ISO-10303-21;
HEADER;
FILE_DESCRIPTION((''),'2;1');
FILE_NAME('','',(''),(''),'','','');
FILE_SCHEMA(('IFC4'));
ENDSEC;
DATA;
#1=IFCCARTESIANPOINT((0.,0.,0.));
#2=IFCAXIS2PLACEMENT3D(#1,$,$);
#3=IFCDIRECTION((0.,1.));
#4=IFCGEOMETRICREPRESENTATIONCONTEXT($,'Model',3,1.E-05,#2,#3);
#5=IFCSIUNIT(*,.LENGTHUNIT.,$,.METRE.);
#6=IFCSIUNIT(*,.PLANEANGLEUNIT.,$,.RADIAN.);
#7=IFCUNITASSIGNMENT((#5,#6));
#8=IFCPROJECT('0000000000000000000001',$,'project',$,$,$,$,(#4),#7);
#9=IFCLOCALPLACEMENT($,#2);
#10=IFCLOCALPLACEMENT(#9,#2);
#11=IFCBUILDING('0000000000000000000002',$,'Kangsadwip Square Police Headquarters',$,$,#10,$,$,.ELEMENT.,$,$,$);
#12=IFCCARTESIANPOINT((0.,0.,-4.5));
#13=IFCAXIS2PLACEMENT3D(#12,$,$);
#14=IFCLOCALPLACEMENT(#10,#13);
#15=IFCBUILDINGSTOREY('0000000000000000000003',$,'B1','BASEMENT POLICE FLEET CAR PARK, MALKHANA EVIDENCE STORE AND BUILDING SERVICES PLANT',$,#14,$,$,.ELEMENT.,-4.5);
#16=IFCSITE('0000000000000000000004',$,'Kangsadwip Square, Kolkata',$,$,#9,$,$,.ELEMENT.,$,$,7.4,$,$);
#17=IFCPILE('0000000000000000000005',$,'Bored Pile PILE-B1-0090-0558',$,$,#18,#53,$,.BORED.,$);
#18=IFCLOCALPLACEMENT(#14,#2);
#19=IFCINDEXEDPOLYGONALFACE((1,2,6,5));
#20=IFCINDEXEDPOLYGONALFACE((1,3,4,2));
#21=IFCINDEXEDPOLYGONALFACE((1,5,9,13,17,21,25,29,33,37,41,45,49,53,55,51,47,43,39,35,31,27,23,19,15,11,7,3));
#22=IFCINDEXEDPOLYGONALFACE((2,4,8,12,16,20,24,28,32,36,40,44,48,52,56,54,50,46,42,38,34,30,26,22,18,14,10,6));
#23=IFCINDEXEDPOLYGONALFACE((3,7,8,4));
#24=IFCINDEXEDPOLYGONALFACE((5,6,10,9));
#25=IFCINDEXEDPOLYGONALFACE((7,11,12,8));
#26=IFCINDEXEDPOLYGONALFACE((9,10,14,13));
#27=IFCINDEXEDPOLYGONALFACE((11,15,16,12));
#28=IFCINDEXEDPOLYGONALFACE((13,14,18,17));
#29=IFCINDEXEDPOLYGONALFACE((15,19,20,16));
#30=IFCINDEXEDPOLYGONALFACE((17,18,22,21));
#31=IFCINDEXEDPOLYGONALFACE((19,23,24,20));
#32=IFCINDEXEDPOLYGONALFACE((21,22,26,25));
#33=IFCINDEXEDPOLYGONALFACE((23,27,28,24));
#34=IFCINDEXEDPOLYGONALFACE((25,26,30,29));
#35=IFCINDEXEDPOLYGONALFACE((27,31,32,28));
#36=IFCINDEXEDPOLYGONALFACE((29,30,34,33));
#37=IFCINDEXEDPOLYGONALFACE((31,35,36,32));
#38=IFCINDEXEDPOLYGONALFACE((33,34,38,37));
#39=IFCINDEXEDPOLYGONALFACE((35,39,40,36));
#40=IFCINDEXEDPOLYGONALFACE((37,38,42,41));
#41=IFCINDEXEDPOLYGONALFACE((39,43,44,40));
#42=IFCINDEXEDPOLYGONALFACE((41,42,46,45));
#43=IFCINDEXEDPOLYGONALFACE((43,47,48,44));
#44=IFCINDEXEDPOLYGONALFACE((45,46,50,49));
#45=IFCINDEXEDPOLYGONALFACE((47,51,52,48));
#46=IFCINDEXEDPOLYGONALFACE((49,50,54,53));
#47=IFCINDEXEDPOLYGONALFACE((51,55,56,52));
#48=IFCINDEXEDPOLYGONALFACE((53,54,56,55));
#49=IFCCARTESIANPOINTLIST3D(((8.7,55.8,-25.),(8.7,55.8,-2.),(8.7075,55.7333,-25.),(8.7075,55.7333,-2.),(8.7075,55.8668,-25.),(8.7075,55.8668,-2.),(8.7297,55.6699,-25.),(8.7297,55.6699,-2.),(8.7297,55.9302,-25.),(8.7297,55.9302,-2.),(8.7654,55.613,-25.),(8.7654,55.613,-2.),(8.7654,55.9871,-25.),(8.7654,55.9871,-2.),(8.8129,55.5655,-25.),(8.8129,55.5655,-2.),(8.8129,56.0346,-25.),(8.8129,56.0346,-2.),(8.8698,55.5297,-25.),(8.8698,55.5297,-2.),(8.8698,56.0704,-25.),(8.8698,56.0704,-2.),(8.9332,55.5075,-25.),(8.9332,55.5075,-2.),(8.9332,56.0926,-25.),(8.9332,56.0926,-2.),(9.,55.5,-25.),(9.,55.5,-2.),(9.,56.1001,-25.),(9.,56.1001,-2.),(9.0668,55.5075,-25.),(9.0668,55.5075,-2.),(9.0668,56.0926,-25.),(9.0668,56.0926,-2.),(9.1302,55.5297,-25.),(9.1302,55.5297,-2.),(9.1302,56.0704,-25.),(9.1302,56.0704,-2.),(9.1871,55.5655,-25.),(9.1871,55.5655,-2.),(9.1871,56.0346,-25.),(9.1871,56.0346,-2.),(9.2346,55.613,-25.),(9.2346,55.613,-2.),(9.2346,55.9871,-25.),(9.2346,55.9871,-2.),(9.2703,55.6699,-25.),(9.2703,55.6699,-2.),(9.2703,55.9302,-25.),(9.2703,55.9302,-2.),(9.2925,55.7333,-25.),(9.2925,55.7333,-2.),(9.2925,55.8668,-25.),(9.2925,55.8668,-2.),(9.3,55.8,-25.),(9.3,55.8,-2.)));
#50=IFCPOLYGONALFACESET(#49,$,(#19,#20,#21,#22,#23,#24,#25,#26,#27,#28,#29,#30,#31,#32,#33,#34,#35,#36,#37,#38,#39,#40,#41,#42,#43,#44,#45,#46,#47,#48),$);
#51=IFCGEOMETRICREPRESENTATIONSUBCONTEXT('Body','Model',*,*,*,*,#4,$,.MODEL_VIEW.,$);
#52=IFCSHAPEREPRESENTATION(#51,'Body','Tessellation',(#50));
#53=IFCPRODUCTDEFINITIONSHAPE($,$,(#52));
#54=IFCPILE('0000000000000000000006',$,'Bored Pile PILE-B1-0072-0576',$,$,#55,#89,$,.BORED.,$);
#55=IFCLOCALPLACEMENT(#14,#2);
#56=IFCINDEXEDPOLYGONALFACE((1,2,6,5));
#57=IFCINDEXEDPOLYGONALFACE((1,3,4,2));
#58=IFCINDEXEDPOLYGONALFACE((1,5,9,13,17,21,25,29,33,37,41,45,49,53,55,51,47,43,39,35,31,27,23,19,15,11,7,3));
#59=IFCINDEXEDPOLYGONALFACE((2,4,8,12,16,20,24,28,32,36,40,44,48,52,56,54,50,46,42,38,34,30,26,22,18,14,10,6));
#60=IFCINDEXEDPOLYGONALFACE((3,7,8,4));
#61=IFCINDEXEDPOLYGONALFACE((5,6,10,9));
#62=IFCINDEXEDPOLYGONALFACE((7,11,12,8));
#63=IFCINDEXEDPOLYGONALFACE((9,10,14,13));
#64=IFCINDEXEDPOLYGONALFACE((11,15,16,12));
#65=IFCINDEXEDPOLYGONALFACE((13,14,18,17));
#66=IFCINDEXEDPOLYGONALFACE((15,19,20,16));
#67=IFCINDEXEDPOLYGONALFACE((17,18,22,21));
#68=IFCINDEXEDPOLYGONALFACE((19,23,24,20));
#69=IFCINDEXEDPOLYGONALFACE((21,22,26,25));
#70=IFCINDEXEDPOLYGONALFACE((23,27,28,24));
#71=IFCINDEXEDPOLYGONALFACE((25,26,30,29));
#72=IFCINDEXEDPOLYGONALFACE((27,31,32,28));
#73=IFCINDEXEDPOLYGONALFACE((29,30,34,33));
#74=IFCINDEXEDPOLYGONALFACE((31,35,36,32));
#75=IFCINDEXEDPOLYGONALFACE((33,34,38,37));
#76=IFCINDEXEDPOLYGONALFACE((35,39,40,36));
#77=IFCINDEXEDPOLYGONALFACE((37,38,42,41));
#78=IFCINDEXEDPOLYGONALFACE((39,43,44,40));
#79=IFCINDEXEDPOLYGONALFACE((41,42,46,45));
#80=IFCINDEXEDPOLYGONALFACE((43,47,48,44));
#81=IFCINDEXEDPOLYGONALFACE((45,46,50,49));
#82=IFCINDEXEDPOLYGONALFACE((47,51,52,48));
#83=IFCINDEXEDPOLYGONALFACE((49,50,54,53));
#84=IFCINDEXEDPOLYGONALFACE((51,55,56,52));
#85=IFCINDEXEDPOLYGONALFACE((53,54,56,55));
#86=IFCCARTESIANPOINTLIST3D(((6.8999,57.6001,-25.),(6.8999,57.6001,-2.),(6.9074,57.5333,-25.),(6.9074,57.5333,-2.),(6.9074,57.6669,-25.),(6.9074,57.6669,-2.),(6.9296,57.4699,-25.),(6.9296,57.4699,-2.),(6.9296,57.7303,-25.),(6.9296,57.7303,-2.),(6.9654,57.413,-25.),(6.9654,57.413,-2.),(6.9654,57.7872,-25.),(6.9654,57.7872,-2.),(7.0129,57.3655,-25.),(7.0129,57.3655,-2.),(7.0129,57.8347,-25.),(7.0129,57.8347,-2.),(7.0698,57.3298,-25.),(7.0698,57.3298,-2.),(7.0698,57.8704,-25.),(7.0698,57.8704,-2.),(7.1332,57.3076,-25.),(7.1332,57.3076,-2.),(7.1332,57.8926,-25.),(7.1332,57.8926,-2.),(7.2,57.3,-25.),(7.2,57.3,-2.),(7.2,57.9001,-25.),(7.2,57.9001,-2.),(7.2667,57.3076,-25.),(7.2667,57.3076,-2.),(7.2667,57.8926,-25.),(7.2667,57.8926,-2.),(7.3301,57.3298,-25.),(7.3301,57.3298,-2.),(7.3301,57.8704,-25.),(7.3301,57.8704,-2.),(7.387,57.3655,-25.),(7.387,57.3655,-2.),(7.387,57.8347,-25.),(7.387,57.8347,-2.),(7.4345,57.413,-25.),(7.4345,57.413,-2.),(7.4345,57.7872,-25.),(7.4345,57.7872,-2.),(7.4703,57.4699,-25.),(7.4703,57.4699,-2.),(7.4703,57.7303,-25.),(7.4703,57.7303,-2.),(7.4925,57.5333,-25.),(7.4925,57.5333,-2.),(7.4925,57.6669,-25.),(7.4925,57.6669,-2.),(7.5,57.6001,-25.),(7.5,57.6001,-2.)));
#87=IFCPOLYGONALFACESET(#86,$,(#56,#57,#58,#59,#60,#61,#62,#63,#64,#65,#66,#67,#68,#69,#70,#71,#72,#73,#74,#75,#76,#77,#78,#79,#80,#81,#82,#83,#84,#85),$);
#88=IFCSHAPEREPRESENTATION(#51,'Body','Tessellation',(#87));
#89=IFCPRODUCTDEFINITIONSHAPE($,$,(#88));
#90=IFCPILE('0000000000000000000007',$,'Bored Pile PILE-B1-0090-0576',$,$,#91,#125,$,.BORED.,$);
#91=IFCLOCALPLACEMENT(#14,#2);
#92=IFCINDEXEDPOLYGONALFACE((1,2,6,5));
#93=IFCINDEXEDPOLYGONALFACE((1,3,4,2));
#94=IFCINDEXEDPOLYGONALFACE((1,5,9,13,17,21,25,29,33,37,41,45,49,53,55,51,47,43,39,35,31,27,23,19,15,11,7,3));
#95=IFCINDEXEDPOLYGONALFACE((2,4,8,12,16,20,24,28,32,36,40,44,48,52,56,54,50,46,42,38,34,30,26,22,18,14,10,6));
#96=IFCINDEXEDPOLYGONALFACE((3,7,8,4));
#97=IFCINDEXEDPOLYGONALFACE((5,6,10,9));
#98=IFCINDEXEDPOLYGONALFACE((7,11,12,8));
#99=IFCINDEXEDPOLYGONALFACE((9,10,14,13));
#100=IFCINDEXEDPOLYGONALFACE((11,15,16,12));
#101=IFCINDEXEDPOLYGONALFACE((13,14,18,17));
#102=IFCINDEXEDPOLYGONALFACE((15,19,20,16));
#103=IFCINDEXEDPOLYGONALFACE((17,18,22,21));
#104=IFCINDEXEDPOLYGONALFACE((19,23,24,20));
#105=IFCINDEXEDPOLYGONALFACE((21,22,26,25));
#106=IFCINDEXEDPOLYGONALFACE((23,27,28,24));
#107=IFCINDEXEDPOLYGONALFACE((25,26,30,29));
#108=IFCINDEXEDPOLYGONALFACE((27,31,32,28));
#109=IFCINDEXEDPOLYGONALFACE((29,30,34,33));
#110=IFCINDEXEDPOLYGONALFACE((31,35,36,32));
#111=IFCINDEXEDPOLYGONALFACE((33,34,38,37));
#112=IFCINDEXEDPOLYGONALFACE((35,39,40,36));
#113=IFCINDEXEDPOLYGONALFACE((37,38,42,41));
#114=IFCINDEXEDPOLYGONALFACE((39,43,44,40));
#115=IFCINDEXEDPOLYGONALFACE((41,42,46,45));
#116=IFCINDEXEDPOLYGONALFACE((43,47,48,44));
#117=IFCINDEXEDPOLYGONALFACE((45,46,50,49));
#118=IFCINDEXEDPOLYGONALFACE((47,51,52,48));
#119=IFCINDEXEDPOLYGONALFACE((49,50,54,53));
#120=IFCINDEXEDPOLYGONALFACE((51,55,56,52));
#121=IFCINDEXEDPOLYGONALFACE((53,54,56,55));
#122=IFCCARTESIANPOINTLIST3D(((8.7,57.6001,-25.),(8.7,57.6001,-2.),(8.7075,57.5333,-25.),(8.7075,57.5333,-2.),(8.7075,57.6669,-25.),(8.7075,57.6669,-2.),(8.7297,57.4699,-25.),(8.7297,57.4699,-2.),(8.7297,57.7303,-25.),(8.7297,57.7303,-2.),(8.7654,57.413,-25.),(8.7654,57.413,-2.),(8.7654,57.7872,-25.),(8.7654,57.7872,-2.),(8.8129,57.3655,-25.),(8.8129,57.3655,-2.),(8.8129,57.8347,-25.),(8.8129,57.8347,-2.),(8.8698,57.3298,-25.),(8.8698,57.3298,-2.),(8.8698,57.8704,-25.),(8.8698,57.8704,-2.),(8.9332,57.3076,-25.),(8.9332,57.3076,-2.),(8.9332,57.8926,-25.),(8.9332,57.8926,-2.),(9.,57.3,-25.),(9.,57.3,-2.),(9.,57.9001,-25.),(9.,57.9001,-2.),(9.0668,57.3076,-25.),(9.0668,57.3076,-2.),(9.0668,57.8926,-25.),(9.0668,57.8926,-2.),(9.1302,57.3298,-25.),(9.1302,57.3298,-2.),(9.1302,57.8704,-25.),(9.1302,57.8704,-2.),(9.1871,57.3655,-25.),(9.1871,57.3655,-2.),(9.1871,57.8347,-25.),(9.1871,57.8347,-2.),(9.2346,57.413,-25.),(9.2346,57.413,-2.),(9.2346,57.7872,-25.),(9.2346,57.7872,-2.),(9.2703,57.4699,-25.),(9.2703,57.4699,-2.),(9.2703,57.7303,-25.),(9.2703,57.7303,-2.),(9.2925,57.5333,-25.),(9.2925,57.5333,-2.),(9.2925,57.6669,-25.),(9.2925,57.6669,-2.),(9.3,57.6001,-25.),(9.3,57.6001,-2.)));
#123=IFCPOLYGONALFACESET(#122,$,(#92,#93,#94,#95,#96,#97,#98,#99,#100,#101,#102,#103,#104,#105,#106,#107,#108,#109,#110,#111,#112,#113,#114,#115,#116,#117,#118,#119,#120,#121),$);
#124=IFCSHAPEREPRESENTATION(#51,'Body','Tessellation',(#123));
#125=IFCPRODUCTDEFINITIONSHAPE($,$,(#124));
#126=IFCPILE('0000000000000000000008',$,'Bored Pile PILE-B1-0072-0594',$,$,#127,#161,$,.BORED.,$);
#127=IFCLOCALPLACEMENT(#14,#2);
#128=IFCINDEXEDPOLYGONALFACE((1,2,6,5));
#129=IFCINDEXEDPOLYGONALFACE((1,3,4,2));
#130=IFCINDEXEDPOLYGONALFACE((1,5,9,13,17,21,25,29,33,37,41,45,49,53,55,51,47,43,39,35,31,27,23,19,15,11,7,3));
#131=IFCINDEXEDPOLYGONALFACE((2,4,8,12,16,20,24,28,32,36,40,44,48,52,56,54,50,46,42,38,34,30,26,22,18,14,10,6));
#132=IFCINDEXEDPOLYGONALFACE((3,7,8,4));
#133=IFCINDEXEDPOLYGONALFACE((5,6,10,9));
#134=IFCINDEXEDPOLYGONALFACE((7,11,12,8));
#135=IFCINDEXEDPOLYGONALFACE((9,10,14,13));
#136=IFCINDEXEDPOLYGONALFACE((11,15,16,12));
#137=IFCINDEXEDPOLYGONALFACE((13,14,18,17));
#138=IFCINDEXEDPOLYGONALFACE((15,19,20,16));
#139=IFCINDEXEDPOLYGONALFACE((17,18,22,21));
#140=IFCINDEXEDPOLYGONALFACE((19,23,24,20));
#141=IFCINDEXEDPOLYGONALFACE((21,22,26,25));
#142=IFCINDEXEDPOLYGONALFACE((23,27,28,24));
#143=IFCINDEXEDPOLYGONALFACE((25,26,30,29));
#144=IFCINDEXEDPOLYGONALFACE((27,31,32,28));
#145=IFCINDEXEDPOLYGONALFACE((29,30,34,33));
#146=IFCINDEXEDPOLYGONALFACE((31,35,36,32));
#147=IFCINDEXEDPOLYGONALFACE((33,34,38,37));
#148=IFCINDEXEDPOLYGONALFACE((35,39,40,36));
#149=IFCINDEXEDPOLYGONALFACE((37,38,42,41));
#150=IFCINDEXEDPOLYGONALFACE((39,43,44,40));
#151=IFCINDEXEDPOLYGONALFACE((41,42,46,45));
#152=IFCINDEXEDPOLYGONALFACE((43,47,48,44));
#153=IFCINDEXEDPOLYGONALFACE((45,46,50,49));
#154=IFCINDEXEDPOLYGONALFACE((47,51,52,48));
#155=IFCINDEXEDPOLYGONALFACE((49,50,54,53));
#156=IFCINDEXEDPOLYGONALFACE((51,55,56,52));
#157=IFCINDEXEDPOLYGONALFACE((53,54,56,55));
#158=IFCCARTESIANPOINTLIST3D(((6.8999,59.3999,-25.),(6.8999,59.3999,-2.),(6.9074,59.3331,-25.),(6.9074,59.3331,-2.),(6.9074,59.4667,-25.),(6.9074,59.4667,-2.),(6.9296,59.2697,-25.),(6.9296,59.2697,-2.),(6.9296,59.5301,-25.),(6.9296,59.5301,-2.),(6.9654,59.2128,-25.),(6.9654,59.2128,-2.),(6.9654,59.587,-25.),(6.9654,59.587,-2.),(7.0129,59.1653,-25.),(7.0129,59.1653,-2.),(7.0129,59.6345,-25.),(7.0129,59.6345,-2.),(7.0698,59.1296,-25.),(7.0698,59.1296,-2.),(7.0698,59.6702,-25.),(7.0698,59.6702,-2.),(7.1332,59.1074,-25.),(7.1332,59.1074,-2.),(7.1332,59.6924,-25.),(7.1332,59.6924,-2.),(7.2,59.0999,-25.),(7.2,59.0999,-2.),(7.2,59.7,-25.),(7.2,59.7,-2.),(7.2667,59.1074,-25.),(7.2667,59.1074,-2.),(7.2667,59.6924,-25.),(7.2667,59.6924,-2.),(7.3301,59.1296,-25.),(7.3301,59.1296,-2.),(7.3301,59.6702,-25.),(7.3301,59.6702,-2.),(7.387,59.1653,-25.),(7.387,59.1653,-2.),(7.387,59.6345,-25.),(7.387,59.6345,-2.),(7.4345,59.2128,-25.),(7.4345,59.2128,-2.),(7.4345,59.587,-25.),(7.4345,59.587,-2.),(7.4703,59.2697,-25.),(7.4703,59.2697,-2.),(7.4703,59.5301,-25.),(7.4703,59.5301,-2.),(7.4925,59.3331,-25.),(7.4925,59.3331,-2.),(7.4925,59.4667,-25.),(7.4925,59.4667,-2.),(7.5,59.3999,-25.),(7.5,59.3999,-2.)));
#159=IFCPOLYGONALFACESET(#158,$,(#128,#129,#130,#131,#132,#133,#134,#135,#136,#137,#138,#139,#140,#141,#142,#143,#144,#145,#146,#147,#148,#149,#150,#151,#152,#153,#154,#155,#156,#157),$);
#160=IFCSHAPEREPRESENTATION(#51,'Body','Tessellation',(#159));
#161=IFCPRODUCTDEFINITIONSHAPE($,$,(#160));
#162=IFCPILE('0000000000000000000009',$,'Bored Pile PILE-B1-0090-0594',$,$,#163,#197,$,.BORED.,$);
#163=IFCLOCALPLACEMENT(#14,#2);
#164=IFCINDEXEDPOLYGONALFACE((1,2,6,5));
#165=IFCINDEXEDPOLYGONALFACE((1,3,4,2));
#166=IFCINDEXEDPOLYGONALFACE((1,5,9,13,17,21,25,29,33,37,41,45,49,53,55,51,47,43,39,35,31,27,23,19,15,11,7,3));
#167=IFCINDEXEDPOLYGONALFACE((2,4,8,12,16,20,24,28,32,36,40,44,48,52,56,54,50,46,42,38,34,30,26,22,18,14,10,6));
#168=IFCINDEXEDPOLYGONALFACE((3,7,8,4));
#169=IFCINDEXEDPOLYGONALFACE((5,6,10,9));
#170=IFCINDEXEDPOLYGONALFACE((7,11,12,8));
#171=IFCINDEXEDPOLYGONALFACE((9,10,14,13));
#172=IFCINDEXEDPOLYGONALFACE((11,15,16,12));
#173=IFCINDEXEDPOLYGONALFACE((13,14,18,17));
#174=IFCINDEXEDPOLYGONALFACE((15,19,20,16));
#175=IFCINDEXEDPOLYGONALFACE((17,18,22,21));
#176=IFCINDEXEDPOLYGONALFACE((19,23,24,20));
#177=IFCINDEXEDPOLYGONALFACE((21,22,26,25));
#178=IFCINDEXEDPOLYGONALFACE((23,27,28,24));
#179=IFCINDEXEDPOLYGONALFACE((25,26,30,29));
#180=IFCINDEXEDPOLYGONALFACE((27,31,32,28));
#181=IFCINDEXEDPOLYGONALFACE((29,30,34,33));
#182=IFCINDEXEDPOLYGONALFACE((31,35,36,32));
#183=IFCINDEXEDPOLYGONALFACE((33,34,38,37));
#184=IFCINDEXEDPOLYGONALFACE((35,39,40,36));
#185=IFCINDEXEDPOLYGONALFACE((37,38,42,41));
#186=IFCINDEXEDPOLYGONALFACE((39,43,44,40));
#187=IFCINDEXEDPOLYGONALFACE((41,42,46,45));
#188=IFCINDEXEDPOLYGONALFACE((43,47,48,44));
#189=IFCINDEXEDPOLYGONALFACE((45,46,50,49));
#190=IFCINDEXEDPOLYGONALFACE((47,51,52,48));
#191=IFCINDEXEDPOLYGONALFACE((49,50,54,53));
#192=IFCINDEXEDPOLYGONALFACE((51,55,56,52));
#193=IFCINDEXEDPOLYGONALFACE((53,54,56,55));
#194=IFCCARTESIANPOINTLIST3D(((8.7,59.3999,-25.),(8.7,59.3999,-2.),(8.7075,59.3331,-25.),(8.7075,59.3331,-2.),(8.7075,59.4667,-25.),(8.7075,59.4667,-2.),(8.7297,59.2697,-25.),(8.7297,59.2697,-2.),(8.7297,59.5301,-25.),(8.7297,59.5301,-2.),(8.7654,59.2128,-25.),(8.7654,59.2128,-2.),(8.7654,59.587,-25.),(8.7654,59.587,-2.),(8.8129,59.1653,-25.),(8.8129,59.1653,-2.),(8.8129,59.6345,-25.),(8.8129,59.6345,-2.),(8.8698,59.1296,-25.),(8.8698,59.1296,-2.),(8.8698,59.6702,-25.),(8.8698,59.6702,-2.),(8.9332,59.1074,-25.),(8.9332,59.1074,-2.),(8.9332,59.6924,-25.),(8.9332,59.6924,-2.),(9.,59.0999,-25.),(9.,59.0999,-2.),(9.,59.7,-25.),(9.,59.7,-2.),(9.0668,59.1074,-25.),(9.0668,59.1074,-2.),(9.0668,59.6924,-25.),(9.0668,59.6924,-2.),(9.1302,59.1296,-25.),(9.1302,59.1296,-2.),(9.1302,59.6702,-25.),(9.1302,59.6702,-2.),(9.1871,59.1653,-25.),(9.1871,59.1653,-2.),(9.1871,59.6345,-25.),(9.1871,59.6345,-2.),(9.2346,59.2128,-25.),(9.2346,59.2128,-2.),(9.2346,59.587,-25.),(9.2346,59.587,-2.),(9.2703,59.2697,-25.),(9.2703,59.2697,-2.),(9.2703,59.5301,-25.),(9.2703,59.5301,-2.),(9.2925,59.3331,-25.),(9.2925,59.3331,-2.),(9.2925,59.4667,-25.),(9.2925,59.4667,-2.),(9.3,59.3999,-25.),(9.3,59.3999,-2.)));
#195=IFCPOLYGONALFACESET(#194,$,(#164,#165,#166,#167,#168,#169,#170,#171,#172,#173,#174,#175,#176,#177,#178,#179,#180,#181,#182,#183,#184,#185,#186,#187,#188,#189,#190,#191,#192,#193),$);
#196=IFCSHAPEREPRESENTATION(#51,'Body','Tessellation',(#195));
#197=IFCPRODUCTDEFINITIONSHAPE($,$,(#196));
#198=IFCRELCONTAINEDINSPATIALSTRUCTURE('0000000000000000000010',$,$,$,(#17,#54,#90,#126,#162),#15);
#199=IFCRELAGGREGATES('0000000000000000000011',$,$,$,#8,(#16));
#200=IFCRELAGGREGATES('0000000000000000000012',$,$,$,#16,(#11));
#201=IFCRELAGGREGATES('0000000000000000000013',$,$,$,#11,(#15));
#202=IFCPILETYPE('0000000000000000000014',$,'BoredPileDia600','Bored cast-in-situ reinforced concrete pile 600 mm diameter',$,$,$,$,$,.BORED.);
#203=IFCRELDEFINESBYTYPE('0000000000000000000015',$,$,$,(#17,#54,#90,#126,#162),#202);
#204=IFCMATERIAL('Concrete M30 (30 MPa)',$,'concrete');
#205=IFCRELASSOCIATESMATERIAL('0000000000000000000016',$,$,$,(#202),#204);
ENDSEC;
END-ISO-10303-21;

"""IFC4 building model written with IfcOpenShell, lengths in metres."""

from ifc_helpers import new_model, si_unit, direction, frame, origin, origin_2d, place, context, subcontext, project, spatial, circle, extrude, material, material_profile, profile_set, type_object, element, save


model = new_model("IFC4")

# Units and contexts
model_context = context("Model", 3, precision=1e-05, world=origin(), true_north=direction((0.0, 1.0)))
body_context = subcontext(model_context, "Body", "Model", "MODEL_VIEW")
ifc_project = project(units=[si_unit("LENGTHUNIT", "METRE"), si_unit("PLANEANGLEUNIT", "RADIAN")], contexts=[model_context])

# Site, building, storey
site_placement = place(None, origin())
site = spatial("IfcSite", under=ifc_project, at=site_placement, Name="Kangsadwip Square, Kolkata", CompositionType="ELEMENT", RefElevation=7.4)
building_placement = place(site_placement, origin())
building = spatial("IfcBuilding", under=site, at=building_placement, Name="Kangsadwip Square Police Headquarters", CompositionType="ELEMENT")
storey_placement = place(building_placement, frame((0.0, 0.0, -4.5)))
storey = spatial("IfcBuildingStorey", under=building, at=storey_placement, Name="B1", Description="BASEMENT POLICE FLEET CAR PARK, MALKHANA EVIDENCE STORE AND BUILDING SERVICES PLANT", CompositionType="ELEMENT", Elevation=-4.5)

# Piles
ifc_material_1 = material(Name="Concrete M30 (30 MPa)", Category="concrete")
ifc_material_profile_1 = material_profile(ifc_material_1, circle(Radius=0.3, at=origin_2d()), Name="PILE DIA 600")
ifc_profile_set_1 = profile_set([ifc_material_profile_1], Name="Concrete M30 (30 MPa)")
pile_type_1 = type_object("IfcPileType", Name="BoredPileDia600", Description="Bored cast-in-situ reinforced concrete pile 600 mm diameter", PredefinedType="BORED", material=ifc_profile_set_1)
for number, where, z_axis, x_axis, name in (
    (1, (9.0, 55.8, -2.0), (0.0, 0.0, -1.0), (1.0, 0.0, 0.0), "Bored Pile PILE-B1-0090-0558"),
    (2, (7.2, 57.6001, -2.0), (0.0, 0.0, -1.0), (1.0, 0.0, 0.0), "Bored Pile PILE-B1-0072-0576"),
    (3, (9.0, 57.6001, -2.0), (0.0, 0.0, -1.0), (1.0, 0.0, 0.0), "Bored Pile PILE-B1-0090-0576"),
    (4, (7.2, 59.3999, -2.0), (0.0, 0.0, -1.0), (1.0, 0.0, 0.0), "Bored Pile PILE-B1-0072-0594"),
    (5, (9.0, 59.3999, -2.0), (0.0, 0.0, -1.0), (1.0, 0.0, 0.0), "Bored Pile PILE-B1-0090-0594"),
):
    element("IfcPile", number, at=place(storey_placement, frame(where, z_axis=z_axis, x_axis=x_axis)), inside=storey, type_object=pile_type_1, Name=name, PredefinedType="BORED", context=body_context, shape_type="SweptSolid", body=[
        extrude(circle(Radius=0.3, at=origin_2d()), origin(), (0.0, 0.0, 1.0), 23.0),
    ])

save(model, "model.ifc")
